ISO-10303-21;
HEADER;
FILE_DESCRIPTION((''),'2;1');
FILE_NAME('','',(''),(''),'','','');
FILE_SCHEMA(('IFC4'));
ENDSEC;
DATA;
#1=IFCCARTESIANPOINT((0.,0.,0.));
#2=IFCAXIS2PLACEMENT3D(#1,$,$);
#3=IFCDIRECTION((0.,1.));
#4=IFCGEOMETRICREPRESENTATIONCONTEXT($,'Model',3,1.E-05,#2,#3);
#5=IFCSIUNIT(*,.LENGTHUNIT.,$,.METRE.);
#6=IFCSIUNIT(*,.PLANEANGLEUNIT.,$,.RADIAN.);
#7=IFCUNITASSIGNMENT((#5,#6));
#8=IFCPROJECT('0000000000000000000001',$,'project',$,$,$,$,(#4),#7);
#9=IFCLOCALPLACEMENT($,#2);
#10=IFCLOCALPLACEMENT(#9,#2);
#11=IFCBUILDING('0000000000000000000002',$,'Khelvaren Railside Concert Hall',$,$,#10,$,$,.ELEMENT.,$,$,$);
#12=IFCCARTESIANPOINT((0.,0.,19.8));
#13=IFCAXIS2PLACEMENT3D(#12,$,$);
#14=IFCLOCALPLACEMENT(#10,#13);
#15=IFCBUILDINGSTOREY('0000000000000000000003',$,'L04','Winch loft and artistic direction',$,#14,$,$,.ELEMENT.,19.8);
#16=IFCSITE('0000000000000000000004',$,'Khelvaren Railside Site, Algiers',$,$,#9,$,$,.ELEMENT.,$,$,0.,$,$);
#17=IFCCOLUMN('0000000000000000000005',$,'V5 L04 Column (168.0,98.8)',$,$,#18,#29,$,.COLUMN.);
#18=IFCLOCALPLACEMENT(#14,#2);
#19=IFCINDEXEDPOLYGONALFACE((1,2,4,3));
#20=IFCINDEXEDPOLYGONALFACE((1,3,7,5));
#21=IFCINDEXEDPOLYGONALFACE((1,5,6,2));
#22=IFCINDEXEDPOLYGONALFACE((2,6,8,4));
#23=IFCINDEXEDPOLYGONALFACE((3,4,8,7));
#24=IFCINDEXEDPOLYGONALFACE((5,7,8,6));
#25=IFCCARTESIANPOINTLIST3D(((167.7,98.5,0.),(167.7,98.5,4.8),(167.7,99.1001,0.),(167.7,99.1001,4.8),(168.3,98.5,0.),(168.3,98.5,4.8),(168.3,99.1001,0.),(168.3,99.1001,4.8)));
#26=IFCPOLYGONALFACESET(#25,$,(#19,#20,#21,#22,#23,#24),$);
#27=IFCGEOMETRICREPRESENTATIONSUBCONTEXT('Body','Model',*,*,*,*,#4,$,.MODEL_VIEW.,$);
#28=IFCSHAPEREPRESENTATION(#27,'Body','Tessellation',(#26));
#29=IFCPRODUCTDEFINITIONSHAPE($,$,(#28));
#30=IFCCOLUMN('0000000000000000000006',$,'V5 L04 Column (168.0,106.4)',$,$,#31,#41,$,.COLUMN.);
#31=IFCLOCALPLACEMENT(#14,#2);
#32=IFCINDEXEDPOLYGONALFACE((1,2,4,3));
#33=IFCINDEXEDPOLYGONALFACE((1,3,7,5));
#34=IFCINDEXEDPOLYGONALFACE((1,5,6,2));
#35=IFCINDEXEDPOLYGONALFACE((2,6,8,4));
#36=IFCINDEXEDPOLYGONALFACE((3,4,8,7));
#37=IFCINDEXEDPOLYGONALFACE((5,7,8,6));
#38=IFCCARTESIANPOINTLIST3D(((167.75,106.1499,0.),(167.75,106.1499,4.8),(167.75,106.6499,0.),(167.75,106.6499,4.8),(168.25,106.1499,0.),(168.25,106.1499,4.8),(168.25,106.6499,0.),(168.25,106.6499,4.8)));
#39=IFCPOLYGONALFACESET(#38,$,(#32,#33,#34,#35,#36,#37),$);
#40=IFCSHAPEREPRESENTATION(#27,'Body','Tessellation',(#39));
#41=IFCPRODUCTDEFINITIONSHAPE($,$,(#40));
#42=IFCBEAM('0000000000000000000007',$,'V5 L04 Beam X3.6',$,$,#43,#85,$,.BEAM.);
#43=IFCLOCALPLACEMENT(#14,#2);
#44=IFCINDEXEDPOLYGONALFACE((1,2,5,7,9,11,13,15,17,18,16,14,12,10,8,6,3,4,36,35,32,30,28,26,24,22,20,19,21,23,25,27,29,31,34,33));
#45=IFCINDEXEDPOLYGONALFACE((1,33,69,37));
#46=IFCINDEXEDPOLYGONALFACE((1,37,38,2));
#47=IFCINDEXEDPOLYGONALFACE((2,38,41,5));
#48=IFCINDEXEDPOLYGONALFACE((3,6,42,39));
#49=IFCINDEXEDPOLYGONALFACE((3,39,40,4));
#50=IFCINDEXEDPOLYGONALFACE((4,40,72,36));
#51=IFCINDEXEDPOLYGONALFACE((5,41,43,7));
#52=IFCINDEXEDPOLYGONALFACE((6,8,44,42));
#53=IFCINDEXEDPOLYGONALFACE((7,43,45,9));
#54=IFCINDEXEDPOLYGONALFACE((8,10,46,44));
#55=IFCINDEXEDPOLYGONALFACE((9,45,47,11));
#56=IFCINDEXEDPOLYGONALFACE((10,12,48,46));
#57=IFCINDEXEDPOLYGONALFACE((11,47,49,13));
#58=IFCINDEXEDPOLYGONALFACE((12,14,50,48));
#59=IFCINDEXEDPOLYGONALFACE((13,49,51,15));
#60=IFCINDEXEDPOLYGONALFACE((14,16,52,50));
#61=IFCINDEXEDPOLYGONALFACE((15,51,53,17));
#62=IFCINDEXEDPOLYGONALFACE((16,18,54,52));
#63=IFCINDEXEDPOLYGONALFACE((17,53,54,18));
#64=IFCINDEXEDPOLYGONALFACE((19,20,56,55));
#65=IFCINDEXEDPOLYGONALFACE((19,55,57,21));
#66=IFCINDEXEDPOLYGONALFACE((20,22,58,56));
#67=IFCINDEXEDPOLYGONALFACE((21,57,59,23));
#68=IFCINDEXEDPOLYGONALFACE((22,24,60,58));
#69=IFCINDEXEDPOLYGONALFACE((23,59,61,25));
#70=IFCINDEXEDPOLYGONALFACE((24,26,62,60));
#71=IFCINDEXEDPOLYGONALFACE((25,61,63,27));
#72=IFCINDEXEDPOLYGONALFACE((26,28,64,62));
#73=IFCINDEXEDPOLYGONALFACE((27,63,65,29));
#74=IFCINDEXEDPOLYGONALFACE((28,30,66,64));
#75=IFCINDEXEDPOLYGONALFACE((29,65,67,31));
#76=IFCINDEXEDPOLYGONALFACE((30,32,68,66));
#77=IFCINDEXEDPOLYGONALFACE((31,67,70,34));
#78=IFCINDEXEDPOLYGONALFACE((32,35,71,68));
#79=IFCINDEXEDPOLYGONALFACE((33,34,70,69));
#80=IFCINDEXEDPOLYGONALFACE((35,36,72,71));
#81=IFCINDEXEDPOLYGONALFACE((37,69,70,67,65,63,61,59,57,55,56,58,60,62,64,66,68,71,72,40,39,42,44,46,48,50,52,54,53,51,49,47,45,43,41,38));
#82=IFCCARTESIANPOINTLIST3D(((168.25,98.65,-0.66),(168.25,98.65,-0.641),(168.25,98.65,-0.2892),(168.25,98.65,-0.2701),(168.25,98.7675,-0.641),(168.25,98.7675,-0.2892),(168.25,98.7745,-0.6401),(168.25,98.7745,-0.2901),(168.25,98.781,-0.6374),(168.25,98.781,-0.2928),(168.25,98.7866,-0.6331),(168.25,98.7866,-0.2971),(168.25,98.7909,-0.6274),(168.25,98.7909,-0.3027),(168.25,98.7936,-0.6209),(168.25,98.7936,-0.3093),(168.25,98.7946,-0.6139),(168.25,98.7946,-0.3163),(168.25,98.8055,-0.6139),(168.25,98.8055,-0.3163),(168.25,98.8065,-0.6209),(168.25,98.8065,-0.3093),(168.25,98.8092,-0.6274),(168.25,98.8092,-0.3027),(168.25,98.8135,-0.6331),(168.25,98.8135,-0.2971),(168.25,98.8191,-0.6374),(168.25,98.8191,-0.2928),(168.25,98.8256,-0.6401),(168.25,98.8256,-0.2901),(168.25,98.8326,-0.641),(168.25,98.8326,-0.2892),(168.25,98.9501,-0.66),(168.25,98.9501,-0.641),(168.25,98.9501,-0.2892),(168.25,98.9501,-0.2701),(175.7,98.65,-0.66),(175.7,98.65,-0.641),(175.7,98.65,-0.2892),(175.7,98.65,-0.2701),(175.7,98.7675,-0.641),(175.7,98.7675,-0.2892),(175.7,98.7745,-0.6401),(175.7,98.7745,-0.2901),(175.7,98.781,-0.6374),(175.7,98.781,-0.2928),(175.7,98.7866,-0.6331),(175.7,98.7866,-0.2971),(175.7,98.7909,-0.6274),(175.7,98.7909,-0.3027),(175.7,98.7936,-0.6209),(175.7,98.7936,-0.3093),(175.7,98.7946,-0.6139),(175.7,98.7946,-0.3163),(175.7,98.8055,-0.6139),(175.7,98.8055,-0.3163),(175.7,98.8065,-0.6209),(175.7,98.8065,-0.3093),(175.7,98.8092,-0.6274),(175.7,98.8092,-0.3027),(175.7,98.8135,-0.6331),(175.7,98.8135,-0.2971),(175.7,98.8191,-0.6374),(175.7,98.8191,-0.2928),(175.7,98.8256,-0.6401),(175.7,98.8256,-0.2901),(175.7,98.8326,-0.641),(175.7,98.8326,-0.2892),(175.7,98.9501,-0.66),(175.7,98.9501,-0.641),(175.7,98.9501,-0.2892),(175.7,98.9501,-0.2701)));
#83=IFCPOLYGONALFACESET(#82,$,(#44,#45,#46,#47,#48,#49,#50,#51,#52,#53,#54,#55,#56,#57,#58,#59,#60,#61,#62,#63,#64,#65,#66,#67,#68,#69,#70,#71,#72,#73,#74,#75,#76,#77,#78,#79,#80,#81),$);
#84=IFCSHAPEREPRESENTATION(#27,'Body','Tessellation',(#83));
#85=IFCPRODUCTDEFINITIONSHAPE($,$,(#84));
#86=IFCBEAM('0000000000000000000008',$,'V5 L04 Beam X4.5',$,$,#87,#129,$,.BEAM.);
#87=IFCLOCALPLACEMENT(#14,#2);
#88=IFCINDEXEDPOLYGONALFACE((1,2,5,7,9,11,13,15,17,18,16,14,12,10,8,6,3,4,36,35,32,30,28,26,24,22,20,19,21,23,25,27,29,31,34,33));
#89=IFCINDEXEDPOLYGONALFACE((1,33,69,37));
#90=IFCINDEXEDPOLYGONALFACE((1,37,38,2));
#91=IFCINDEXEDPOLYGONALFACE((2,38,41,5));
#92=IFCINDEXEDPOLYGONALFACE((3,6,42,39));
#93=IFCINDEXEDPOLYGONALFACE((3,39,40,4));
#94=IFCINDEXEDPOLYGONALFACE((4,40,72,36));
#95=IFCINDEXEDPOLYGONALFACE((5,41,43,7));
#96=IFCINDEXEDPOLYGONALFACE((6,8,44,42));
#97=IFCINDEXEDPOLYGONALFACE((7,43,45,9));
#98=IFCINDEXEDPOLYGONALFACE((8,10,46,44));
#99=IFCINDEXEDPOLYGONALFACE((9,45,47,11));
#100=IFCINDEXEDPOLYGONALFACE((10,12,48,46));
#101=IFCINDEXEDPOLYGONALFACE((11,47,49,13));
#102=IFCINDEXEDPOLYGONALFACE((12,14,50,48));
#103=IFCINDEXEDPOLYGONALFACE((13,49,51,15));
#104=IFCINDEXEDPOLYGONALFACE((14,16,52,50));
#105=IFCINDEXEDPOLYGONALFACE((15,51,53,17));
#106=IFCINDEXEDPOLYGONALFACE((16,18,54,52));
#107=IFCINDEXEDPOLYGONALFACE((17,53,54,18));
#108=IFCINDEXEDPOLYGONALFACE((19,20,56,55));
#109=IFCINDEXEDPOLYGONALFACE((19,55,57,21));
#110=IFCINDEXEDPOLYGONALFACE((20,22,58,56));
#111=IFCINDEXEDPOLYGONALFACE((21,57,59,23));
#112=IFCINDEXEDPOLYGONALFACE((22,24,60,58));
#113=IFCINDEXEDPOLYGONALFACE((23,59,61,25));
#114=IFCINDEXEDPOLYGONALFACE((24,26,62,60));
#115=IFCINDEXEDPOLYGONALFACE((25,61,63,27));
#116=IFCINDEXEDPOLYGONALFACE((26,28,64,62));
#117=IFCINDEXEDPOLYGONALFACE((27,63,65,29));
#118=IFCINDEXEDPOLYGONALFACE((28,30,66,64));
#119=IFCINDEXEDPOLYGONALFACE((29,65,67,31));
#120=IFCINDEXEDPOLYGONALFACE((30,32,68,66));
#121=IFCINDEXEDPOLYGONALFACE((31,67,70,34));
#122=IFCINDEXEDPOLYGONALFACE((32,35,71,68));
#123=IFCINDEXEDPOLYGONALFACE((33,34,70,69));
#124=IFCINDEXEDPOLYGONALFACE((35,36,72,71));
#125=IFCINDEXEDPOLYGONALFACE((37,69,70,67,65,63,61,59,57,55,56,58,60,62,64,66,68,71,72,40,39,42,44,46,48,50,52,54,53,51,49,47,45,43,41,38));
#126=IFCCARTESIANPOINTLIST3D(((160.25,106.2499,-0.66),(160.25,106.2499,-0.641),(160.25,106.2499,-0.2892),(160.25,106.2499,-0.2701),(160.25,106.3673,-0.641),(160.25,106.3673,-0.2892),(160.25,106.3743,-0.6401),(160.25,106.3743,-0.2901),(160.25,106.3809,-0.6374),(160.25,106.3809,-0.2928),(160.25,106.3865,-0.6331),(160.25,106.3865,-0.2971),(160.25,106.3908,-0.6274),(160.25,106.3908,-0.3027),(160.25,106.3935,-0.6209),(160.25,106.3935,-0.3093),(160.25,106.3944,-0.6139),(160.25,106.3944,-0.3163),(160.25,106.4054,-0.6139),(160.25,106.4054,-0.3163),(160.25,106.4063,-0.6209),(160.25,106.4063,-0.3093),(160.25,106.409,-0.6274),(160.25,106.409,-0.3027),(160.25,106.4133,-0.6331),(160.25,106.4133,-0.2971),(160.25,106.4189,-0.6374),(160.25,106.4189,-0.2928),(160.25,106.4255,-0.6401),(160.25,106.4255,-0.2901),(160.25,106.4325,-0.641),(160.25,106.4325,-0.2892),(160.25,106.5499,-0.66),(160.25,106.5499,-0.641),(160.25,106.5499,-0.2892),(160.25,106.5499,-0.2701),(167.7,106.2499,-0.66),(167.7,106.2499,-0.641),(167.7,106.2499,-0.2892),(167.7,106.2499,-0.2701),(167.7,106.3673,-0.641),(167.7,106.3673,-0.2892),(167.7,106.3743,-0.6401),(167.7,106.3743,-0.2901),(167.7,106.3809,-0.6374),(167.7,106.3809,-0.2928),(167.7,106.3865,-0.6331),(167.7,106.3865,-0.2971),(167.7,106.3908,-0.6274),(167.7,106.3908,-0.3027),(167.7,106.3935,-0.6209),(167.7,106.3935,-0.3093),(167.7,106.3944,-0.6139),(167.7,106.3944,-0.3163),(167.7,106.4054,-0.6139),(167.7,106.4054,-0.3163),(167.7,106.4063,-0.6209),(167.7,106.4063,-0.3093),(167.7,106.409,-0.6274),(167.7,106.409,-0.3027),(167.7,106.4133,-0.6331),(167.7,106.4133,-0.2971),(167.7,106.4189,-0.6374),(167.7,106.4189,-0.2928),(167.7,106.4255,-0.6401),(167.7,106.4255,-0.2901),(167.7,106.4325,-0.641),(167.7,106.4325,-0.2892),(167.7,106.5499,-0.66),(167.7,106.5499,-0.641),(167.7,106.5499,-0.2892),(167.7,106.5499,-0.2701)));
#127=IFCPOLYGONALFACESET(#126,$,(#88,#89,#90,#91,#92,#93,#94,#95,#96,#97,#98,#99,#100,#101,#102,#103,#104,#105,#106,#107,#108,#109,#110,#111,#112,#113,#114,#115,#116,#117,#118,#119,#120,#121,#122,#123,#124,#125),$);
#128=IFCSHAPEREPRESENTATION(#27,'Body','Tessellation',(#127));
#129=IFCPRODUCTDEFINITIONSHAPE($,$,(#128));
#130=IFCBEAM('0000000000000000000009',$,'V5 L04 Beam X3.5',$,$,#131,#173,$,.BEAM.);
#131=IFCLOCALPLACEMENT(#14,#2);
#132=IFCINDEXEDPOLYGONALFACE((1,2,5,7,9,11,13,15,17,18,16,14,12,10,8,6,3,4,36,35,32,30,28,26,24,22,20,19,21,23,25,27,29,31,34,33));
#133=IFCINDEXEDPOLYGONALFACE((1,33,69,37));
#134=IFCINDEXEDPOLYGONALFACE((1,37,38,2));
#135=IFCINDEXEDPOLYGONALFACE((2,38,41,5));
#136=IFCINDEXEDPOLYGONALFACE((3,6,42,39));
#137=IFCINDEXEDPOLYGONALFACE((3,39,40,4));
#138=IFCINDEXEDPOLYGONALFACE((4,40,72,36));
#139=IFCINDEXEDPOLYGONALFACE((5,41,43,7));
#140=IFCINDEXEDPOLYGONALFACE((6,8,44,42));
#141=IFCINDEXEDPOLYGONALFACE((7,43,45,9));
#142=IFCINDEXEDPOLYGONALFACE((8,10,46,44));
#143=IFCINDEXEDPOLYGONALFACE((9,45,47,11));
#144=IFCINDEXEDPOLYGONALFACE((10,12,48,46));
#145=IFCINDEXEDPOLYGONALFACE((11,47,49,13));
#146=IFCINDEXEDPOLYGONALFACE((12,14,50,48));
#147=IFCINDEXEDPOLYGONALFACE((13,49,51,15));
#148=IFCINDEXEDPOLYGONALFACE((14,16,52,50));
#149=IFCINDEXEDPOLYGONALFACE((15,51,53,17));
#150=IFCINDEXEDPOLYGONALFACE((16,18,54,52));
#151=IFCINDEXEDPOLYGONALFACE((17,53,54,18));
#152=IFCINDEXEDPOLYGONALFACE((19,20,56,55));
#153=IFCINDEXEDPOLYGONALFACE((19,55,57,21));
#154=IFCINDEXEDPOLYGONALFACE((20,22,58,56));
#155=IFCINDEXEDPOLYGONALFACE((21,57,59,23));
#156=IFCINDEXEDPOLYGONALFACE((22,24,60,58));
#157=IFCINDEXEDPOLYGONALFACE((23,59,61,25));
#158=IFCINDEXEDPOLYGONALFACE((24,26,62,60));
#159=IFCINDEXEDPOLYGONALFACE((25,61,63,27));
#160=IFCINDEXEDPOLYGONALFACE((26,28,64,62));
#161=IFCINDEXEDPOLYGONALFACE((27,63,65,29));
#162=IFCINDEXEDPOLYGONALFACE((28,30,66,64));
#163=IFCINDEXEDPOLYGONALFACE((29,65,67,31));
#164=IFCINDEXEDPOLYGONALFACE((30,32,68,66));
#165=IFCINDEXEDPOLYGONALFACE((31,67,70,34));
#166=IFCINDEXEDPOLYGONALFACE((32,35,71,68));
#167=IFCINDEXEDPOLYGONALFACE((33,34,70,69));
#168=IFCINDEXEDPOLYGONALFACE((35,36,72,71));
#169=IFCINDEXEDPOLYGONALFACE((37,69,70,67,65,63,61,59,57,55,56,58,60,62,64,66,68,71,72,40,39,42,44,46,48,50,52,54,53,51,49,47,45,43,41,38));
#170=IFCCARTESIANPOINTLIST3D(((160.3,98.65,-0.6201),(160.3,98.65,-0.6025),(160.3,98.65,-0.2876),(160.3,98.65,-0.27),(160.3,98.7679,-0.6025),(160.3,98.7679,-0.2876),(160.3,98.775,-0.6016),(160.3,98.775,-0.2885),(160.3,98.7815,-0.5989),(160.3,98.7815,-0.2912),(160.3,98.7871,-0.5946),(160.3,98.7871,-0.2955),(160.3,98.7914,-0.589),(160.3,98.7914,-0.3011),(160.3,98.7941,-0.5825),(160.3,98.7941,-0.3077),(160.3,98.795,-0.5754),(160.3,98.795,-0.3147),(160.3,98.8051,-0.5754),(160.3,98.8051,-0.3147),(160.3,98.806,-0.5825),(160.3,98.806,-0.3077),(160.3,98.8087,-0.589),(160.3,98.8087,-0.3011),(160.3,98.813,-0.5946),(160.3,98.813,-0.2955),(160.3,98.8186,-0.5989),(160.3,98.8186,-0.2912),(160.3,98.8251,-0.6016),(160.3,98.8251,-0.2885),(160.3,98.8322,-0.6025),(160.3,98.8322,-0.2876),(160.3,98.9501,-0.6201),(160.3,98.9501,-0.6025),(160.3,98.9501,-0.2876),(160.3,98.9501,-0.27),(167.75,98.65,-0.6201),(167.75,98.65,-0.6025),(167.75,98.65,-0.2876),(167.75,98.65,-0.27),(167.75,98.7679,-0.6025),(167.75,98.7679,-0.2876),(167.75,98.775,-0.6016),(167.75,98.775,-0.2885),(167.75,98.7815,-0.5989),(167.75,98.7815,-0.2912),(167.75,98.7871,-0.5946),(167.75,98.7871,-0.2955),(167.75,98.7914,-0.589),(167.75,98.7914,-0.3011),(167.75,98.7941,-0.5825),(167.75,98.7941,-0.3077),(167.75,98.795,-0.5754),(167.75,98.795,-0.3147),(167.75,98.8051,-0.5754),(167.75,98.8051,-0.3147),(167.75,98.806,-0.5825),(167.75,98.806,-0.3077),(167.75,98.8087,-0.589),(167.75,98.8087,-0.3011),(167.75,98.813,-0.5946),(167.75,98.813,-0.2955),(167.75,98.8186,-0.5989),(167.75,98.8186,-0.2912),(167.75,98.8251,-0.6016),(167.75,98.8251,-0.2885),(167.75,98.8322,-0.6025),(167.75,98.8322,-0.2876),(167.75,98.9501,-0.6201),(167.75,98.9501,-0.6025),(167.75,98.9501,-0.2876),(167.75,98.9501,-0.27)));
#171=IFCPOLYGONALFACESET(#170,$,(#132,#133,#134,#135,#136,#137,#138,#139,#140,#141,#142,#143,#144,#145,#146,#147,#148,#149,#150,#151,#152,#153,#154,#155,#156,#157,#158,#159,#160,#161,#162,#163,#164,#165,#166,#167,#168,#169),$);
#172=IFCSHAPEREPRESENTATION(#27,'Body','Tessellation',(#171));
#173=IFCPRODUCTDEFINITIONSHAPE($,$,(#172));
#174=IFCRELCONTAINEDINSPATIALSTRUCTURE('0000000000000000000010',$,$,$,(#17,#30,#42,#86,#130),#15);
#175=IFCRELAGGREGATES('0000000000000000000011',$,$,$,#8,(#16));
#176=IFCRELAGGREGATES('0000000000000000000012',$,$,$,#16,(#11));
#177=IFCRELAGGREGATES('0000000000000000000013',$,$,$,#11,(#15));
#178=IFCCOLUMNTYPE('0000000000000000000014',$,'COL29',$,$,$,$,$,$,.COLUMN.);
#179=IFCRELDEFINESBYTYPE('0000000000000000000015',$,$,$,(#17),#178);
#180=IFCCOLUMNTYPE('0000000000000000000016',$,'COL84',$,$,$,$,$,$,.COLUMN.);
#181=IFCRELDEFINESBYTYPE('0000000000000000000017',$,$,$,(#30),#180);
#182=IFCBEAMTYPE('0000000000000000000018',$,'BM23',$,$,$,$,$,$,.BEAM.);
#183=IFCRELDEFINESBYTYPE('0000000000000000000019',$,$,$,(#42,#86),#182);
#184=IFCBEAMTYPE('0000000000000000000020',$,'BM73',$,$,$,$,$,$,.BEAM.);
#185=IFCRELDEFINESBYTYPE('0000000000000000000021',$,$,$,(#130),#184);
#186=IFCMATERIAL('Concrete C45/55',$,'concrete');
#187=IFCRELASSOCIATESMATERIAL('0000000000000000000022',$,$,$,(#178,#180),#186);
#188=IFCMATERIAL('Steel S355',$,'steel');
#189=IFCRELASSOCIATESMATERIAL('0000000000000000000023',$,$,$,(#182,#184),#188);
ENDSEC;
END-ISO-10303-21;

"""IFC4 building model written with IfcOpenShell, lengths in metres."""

from ifc_helpers import new_model, si_unit, direction, frame, origin, origin_2d, place, context, subcontext, project, spatial, rectangle, i_section, extrude, material, material_profile, profile_set, type_object, element, save


model = new_model("IFC4")

# Units and contexts
model_context = context("Model", 3, precision=1e-05, world=origin(), true_north=direction((0.0, 1.0)))
body_context = subcontext(model_context, "Body", "Model", "MODEL_VIEW")
ifc_project = project(units=[si_unit("LENGTHUNIT", "METRE"), si_unit("PLANEANGLEUNIT", "RADIAN")], contexts=[model_context])

# Site, building, storey
site_placement = place(None, origin())
site = spatial("IfcSite", under=ifc_project, at=site_placement, Name="Khelvaren Railside Site, Algiers", CompositionType="ELEMENT", RefElevation=0.0)
building_placement = place(site_placement, origin())
building = spatial("IfcBuilding", under=site, at=building_placement, Name="Khelvaren Railside Concert Hall", CompositionType="ELEMENT")
storey_placement = place(building_placement, frame((0.0, 0.0, 19.8)))
storey = spatial("IfcBuildingStorey", under=building, at=storey_placement, Name="L04", Description="Winch loft and artistic direction", CompositionType="ELEMENT", Elevation=19.8)

# Columns
ifc_material_1 = material(Name="Concrete C45/55", Category="concrete")
ifc_material_profile_1 = material_profile(ifc_material_1, rectangle(XDim=0.6001, YDim=0.6001, at=origin_2d()), Name="RC 600x600")
ifc_profile_set_1 = profile_set([ifc_material_profile_1], Name="Concrete C45/55")
column_type_1 = type_object("IfcColumnType", Name="COL29", PredefinedType="COLUMN", material=ifc_profile_set_1)
column_1_placement = place(storey_placement, frame((168.0, 98.8, 0.0), z_axis=(0.0, 0.0, 1.0), x_axis=(1.0, 0.0, 0.0)))
element("IfcColumn", 1, at=column_1_placement, inside=storey, type_object=column_type_1, Name="V5 L04 Column (168.0,98.8)", PredefinedType="COLUMN", context=body_context, shape_type="SweptSolid", body=[
    extrude(rectangle(XDim=0.6001, YDim=0.6001, at=origin_2d()), origin(), (0.0, 0.0, 1.0), 4.8),
])
ifc_material_profile_2 = material_profile(ifc_material_1, rectangle(XDim=0.5, YDim=0.5, at=origin_2d()), Name="RC 500x500")
ifc_profile_set_2 = profile_set([ifc_material_profile_2], Name="Concrete C45/55")
column_type_2 = type_object("IfcColumnType", Name="COL84", PredefinedType="COLUMN", material=ifc_profile_set_2)
column_2_placement = place(storey_placement, frame((168.0, 106.3999, 0.0), z_axis=(0.0, 0.0, 1.0), x_axis=(1.0, 0.0, 0.0)))
element("IfcColumn", 2, at=column_2_placement, inside=storey, type_object=column_type_2, Name="V5 L04 Column (168.0,106.4)", PredefinedType="COLUMN", context=body_context, shape_type="SweptSolid", body=[
    extrude(rectangle(XDim=0.5, YDim=0.5, at=origin_2d()), origin(), (0.0, 0.0, 1.0), 4.8),
])

# Beams
ifc_material_2 = material(Name="Steel S355", Category="steel")
ifc_material_profile_3 = material_profile(ifc_material_2, i_section(OverallWidth=0.3, OverallDepth=0.3899, WebThickness=0.011, FlangeThickness=0.019, FilletRadius=0.0271, at=origin_2d()), Name="HEA 400")
ifc_profile_set_3 = profile_set([ifc_material_profile_3], Name="Steel S355")
beam_type_1 = type_object("IfcBeamType", Name="BM23", PredefinedType="BEAM", material=ifc_profile_set_3)
for number, where, z_axis, x_axis, name in (
    (3, (168.25, 98.8, -0.4651), (1.0, 0.0, 0.0), (0.0, 1.0, 0.0), "V5 L04 Beam X3.6"),
    (4, (160.25, 106.3999, -0.4651), (1.0, 0.0, 0.0), (0.0, 1.0, 0.0), "V5 L04 Beam X4.5"),
):
    element("IfcBeam", number, at=place(storey_placement, frame(where, z_axis=z_axis, x_axis=x_axis)), inside=storey, type_object=beam_type_1, Name=name, PredefinedType="BEAM", context=body_context, shape_type="SweptSolid", body=[
        extrude(i_section(OverallWidth=0.3, OverallDepth=0.3899, WebThickness=0.011, FlangeThickness=0.019, FilletRadius=0.0271, at=origin_2d()), origin(), (0.0, 0.0, 1.0), 7.45),
    ])
ifc_material_profile_4 = material_profile(ifc_material_2, i_section(OverallWidth=0.3, OverallDepth=0.3501, WebThickness=0.01, FlangeThickness=0.0176, FilletRadius=0.0271, at=origin_2d()), Name="HEA 360")
ifc_profile_set_4 = profile_set([ifc_material_profile_4], Name="Steel S355")
beam_type_2 = type_object("IfcBeamType", Name="BM73", PredefinedType="BEAM", material=ifc_profile_set_4)
beam_1_placement = place(storey_placement, frame((160.3, 98.8, -0.4451), z_axis=(1.0, 0.0, 0.0), x_axis=(0.0, 1.0, 0.0)))
element("IfcBeam", 5, at=beam_1_placement, inside=storey, type_object=beam_type_2, Name="V5 L04 Beam X3.5", PredefinedType="BEAM", context=body_context, shape_type="SweptSolid", body=[
    extrude(i_section(OverallWidth=0.3, OverallDepth=0.3501, WebThickness=0.01, FlangeThickness=0.0176, FilletRadius=0.0271, at=origin_2d()), origin(), (0.0, 0.0, 1.0), 7.45),
])

save(model, "model.ifc")
